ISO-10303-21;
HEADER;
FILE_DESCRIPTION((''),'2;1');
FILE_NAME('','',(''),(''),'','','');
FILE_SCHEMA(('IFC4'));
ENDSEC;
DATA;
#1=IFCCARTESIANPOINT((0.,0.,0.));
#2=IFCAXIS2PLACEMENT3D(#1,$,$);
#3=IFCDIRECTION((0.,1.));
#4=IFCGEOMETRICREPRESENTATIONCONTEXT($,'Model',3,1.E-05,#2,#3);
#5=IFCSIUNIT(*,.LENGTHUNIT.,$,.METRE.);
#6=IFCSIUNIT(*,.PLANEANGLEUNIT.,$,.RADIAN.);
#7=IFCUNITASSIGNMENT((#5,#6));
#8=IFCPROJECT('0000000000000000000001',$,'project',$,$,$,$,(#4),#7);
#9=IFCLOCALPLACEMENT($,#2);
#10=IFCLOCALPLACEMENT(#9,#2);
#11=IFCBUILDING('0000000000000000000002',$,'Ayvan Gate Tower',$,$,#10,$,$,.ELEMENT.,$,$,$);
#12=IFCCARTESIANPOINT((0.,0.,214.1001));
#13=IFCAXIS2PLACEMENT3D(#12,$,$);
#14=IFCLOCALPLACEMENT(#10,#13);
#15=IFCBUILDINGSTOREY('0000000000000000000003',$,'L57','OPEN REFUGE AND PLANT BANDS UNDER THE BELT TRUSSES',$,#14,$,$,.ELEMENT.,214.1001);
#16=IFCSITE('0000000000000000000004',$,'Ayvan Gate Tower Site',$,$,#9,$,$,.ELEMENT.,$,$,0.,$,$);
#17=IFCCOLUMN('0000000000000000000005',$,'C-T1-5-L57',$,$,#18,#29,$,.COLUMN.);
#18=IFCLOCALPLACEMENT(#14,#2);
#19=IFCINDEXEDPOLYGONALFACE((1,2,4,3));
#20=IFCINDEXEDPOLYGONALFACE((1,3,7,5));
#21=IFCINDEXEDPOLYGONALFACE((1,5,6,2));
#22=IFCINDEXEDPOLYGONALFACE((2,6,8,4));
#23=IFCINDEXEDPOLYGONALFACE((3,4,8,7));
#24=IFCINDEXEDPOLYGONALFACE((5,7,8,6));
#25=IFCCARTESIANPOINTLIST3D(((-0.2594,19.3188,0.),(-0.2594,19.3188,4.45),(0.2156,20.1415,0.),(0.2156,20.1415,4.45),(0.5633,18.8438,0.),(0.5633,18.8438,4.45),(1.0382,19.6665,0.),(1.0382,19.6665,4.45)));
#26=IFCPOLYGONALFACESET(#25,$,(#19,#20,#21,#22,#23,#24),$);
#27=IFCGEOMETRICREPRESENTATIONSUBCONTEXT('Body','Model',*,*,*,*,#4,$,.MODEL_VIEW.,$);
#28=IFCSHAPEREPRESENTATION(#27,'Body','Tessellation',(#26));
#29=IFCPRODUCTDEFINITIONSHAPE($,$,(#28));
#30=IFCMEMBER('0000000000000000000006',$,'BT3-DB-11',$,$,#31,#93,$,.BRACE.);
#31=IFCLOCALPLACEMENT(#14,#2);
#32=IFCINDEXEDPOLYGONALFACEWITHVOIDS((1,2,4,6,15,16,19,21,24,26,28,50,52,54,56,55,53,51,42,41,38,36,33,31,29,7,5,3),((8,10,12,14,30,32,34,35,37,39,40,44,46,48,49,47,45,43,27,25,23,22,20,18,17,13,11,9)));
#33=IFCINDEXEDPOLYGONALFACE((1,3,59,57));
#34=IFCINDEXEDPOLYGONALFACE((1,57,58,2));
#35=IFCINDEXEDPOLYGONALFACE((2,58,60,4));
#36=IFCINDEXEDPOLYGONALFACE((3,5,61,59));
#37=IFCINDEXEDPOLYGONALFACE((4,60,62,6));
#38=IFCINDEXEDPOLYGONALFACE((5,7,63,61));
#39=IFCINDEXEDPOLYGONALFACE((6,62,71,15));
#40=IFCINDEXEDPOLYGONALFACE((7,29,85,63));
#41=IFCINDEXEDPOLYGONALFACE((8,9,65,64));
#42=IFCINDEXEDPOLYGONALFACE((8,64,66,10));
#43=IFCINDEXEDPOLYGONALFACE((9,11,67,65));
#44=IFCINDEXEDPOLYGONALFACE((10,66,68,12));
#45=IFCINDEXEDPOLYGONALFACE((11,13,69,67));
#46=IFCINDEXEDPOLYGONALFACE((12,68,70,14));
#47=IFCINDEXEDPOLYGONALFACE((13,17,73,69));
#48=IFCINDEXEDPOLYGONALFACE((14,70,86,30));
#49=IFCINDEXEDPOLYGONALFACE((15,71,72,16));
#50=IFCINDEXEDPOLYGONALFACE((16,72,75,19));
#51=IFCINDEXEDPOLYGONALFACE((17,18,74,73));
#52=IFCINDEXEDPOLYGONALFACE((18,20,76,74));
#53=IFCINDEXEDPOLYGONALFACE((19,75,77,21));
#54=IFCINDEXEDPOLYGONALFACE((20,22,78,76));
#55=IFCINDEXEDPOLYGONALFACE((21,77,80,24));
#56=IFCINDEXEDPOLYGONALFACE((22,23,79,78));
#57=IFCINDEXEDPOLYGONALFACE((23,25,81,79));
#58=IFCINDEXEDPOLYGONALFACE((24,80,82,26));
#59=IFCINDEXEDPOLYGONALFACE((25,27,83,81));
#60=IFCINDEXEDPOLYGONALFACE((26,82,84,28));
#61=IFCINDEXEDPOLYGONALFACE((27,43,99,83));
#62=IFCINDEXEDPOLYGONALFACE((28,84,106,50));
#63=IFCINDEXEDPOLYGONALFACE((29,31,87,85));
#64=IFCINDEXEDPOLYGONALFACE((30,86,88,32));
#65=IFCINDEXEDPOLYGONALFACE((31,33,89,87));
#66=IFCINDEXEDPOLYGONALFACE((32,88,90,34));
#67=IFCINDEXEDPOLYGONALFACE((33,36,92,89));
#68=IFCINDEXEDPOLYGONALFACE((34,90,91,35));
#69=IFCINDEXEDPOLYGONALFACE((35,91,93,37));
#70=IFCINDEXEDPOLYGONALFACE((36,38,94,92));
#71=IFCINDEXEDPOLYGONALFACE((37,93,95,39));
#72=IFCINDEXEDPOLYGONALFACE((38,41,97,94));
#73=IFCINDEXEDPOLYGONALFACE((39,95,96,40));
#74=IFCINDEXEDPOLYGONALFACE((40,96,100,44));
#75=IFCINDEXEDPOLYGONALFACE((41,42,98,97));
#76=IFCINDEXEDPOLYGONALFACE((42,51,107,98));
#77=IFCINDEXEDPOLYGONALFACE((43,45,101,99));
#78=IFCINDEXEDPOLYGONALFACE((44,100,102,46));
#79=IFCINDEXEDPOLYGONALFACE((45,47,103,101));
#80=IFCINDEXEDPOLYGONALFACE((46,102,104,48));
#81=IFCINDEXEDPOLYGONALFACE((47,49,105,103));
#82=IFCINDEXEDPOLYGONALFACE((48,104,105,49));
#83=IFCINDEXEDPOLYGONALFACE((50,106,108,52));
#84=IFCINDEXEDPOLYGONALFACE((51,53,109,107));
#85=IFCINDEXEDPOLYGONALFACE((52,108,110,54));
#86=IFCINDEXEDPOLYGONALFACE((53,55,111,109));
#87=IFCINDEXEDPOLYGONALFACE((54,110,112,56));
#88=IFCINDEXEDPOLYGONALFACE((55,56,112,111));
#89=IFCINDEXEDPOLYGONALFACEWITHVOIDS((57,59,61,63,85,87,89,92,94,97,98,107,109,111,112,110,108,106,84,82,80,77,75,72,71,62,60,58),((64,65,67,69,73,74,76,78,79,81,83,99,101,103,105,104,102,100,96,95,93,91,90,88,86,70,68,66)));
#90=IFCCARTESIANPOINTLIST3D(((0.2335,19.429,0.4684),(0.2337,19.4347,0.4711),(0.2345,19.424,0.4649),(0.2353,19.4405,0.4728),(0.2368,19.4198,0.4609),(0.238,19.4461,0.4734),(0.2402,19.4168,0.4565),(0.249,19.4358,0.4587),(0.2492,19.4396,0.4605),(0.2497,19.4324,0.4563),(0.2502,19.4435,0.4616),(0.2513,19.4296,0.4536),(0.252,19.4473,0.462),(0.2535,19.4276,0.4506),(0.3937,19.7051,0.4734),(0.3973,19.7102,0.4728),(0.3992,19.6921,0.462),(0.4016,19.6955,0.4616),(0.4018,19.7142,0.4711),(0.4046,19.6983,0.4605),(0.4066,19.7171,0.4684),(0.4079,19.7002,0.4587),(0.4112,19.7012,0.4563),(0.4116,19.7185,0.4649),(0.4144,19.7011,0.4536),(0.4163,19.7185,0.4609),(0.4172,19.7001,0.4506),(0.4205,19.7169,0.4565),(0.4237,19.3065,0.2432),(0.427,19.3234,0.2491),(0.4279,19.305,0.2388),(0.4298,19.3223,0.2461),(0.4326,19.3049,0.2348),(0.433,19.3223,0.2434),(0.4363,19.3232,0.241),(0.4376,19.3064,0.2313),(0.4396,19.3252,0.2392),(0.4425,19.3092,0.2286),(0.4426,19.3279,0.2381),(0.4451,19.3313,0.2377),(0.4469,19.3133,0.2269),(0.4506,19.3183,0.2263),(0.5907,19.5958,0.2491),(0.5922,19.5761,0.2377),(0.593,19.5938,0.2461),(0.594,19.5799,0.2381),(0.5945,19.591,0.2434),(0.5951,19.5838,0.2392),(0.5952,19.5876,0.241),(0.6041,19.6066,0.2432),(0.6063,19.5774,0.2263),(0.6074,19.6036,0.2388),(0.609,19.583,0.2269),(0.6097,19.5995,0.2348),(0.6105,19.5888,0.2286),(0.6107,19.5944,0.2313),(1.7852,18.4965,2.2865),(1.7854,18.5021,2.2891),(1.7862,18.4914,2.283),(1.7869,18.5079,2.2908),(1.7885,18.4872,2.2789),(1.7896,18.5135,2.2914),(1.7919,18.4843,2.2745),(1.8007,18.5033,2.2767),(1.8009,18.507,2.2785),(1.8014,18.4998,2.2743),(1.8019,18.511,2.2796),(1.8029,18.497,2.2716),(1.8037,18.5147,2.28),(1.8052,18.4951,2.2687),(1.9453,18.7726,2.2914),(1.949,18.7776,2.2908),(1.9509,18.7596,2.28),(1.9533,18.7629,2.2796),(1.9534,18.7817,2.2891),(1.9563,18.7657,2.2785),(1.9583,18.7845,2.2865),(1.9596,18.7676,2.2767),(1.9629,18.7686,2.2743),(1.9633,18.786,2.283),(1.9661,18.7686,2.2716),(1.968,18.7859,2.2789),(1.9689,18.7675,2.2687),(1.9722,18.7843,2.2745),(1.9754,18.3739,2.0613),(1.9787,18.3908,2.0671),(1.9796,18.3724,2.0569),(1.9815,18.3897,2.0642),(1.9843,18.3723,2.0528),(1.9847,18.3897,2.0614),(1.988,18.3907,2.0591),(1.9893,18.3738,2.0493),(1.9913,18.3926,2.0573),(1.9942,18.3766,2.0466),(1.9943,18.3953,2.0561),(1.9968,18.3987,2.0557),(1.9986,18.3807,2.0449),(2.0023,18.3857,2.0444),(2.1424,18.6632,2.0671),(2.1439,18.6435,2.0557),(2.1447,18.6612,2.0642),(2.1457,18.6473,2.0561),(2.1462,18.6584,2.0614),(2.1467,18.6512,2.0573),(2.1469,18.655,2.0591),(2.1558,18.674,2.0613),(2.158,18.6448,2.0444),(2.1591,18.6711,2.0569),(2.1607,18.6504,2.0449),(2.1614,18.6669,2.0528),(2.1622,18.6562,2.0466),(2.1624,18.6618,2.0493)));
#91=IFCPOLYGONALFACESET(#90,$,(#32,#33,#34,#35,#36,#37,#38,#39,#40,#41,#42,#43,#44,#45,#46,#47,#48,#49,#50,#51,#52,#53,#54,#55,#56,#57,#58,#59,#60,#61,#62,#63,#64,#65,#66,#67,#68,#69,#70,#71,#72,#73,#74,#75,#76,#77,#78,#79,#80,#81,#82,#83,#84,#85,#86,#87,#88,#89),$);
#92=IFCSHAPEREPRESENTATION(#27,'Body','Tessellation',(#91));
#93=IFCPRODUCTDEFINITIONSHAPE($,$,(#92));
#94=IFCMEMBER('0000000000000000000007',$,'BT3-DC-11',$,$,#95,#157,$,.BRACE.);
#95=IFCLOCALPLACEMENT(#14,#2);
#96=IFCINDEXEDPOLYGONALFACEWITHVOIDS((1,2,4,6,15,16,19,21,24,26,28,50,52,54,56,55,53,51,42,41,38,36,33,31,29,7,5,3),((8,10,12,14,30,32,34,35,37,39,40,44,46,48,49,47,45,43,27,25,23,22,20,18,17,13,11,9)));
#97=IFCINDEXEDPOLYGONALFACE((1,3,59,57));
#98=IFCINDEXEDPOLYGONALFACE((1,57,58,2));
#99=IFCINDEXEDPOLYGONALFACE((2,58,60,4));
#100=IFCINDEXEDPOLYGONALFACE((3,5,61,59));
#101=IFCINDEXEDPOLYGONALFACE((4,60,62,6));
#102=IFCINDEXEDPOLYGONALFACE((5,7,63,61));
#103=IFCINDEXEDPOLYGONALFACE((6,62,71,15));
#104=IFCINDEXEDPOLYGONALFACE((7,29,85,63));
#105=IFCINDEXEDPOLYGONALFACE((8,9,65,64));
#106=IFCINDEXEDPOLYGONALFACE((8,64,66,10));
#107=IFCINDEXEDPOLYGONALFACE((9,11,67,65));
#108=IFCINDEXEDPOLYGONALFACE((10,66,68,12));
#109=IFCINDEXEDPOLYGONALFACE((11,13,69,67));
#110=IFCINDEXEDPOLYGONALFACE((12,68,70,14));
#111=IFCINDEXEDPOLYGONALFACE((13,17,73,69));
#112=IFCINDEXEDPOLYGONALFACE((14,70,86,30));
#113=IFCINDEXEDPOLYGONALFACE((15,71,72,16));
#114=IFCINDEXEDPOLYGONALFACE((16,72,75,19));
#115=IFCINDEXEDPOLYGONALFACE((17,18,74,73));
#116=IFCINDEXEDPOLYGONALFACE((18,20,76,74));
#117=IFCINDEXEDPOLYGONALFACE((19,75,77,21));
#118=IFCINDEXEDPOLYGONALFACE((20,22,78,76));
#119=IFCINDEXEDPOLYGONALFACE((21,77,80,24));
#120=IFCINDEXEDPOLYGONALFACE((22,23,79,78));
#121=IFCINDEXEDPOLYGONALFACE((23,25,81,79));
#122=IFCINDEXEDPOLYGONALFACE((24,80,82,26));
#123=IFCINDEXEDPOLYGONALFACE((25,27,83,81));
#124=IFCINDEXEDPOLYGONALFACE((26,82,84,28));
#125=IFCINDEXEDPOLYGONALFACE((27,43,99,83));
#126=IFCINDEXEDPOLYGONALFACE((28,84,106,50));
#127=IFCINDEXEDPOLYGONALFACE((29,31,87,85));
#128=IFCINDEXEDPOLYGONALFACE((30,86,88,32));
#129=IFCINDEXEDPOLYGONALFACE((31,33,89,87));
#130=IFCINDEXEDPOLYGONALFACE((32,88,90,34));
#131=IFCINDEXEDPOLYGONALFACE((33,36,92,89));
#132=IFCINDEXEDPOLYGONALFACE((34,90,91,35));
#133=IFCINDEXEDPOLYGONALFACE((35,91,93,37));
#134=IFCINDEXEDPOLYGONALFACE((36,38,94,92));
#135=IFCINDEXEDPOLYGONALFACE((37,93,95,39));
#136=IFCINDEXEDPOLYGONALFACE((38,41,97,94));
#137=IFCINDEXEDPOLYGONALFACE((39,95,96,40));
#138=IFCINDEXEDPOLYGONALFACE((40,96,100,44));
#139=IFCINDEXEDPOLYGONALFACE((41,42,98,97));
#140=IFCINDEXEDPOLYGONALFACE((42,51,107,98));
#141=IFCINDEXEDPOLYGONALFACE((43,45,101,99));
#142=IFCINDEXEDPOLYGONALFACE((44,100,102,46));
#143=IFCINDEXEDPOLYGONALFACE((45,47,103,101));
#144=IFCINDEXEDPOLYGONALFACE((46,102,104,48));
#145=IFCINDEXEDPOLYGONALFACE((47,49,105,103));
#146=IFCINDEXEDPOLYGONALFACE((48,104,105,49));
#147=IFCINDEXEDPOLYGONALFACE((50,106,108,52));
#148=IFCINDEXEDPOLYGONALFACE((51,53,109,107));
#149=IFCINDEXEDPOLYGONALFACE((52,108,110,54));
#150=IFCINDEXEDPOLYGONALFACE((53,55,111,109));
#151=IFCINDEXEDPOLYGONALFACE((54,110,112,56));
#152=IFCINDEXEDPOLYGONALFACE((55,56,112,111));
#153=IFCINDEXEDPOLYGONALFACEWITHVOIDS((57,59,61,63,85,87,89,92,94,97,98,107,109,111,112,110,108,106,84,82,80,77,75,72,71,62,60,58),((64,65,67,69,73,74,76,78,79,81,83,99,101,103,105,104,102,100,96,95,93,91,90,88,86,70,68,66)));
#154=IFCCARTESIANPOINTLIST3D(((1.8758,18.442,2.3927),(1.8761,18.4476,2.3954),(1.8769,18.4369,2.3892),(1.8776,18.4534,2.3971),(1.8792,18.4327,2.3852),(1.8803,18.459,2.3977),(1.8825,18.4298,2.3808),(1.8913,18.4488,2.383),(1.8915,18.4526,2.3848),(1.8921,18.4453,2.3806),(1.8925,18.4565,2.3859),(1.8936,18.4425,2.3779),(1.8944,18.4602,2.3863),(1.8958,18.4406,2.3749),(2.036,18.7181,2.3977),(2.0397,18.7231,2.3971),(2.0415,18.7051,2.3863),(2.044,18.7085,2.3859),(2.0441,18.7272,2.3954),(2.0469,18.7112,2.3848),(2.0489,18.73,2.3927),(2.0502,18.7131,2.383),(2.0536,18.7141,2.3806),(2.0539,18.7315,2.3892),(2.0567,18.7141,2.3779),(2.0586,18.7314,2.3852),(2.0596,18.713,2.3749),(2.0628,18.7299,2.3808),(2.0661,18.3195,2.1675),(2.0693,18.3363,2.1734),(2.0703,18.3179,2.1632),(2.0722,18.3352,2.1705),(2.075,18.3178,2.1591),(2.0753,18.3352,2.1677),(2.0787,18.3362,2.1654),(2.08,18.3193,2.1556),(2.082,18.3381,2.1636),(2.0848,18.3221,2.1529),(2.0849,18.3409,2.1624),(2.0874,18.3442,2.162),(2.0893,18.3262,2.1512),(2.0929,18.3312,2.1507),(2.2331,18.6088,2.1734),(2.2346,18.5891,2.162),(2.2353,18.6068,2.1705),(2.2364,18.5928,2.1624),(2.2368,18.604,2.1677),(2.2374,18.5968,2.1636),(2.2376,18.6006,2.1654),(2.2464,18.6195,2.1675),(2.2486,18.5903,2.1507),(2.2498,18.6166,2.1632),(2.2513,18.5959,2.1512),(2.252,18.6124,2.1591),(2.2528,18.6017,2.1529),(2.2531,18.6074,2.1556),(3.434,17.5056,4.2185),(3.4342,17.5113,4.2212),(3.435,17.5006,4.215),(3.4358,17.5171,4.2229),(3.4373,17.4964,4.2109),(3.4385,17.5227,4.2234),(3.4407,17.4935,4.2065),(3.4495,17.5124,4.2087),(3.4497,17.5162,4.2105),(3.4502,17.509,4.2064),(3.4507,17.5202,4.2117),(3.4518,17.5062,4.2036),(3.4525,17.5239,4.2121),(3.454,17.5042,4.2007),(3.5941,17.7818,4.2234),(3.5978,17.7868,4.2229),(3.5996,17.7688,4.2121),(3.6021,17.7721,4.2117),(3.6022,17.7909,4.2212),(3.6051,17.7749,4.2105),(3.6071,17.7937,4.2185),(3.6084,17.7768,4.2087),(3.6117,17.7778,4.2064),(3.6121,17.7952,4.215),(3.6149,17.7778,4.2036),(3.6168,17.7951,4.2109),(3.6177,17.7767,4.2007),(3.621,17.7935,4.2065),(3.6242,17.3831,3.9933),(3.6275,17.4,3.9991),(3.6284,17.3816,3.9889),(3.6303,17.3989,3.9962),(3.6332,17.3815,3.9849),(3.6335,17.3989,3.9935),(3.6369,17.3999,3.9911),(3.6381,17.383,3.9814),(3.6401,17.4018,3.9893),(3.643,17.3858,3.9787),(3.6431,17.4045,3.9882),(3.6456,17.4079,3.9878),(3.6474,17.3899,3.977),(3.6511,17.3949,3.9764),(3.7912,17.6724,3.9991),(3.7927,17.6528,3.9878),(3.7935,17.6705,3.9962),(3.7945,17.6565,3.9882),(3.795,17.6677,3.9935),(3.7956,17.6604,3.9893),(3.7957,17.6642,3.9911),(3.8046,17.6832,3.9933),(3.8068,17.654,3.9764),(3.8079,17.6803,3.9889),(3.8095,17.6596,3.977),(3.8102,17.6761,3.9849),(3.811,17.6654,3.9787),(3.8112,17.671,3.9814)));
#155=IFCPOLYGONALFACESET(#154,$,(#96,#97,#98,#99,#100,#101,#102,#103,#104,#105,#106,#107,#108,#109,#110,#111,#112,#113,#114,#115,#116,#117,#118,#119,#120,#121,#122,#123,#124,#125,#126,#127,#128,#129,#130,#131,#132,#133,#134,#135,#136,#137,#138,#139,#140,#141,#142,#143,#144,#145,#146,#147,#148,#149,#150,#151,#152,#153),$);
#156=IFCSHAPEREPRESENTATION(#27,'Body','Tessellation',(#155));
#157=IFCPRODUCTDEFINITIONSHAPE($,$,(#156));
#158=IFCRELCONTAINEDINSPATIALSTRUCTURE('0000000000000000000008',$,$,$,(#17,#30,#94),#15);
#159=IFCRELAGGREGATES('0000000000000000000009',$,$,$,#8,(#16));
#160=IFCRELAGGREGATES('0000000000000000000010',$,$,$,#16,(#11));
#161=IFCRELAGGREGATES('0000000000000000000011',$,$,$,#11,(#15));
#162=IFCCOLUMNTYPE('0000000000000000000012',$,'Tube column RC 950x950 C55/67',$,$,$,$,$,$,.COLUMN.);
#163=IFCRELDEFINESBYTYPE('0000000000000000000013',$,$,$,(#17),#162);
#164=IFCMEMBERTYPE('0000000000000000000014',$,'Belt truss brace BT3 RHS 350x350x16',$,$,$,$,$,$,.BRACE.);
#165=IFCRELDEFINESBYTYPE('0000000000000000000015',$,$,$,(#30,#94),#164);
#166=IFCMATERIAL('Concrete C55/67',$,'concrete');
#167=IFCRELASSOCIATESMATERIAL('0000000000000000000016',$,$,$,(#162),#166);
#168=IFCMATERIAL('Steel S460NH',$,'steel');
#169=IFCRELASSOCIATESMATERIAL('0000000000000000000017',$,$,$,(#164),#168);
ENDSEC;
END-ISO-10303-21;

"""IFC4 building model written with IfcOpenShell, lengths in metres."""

from ifc_helpers import new_model, si_unit, direction, frame, origin, origin_2d, place, context, subcontext, project, spatial, rectangle, hollow_rectangle, extrude, material, material_profile, profile_set, type_object, element, save


model = new_model("IFC4")

# Units and contexts
model_context = context("Model", 3, precision=1e-05, world=origin(), true_north=direction((0.0, 1.0)))
body_context = subcontext(model_context, "Body", "Model", "MODEL_VIEW")
ifc_project = project(units=[si_unit("LENGTHUNIT", "METRE"), si_unit("PLANEANGLEUNIT", "RADIAN")], contexts=[model_context])

# Site, building, storey
site_placement = place(None, origin())
site = spatial("IfcSite", under=ifc_project, at=site_placement, Name="Ayvan Gate Tower Site", CompositionType="ELEMENT", RefElevation=0.0)
building_placement = place(site_placement, origin())
building = spatial("IfcBuilding", under=site, at=building_placement, Name="Ayvan Gate Tower", CompositionType="ELEMENT")
storey_placement = place(building_placement, frame((0.0, 0.0, 214.1001)))
storey = spatial("IfcBuildingStorey", under=building, at=storey_placement, Name="L57", Description="OPEN REFUGE AND PLANT BANDS UNDER THE BELT TRUSSES", CompositionType="ELEMENT", Elevation=214.1001)

# Column
ifc_material_1 = material(Name="Concrete C55/67", Category="concrete")
ifc_material_profile_1 = material_profile(ifc_material_1, rectangle(XDim=0.95, YDim=0.95, at=origin_2d()), Name="RC 950x950")
ifc_profile_set_1 = profile_set([ifc_material_profile_1], Name="Concrete C55/67")
column_type = type_object("IfcColumnType", Name="Tube column RC 950x950 C55/67", PredefinedType="COLUMN", material=ifc_profile_set_1)
column_placement = place(storey_placement, frame((0.3894, 19.4927, 0.0), z_axis=(0.0, 0.0, 1.0), x_axis=(0.5, 0.866025, 0.0)))
element("IfcColumn", 1, at=column_placement, inside=storey, type_object=column_type, Name="C-T1-5-L57", PredefinedType="COLUMN", context=body_context, shape_type="SweptSolid", body=[
    extrude(rectangle(XDim=0.95, YDim=0.95, at=origin_2d()), origin(), (0.0, 0.0, 1.0), 4.45),
])

# Members
ifc_material_2 = material(Name="Steel S460NH", Category="steel")
ifc_material_profile_2 = material_profile(ifc_material_2, hollow_rectangle(XDim=0.3501, YDim=0.3501, WallThickness=0.0161, InnerFilletRadius=0.0161, OuterFilletRadius=0.0239, at=origin_2d()), Name="RHS 350x350x16")
ifc_profile_set_2 = profile_set([ifc_material_profile_2], Name="Steel S460NH")
member_type_1 = type_object("IfcMemberType", Name="Belt truss brace BT3 RHS 350x350x16", PredefinedType="BRACE", material=ifc_profile_set_2)
member_1_placement = place(storey_placement, frame((0.4221, 19.5117, 0.3499), z_axis=(0.604788, -0.363482, 0.708599), x_axis=(0.51513, 0.857112, 0.0)))
element("IfcMember", 2, at=member_1_placement, inside=storey, type_object=member_type_1, Name="BT3-DB-11", PredefinedType="BRACE", context=body_context, shape_type="SweptSolid", body=[
    extrude(hollow_rectangle(XDim=0.3501, YDim=0.3501, WallThickness=0.0161, InnerFilletRadius=0.0161, OuterFilletRadius=0.0239, at=origin_2d()), origin(), (0.0, 0.0, 1.0), 2.5657),
])
member_2_placement = place(storey_placement, frame((2.0645, 18.5247, 2.2742), z_axis=(0.604779, -0.363417, 0.70864), x_axis=(0.515068, 0.857149, 0.0)))
element("IfcMember", 3, at=member_2_placement, inside=storey, type_object=member_type_1, Name="BT3-DC-11", PredefinedType="BRACE", context=body_context, shape_type="SweptSolid", body=[
    extrude(hollow_rectangle(XDim=0.3501, YDim=0.3501, WallThickness=0.0161, InnerFilletRadius=0.0161, OuterFilletRadius=0.0239, at=origin_2d()), origin(), (0.0, 0.0, 1.0), 2.5764),
])

save(model, "model.ifc")
